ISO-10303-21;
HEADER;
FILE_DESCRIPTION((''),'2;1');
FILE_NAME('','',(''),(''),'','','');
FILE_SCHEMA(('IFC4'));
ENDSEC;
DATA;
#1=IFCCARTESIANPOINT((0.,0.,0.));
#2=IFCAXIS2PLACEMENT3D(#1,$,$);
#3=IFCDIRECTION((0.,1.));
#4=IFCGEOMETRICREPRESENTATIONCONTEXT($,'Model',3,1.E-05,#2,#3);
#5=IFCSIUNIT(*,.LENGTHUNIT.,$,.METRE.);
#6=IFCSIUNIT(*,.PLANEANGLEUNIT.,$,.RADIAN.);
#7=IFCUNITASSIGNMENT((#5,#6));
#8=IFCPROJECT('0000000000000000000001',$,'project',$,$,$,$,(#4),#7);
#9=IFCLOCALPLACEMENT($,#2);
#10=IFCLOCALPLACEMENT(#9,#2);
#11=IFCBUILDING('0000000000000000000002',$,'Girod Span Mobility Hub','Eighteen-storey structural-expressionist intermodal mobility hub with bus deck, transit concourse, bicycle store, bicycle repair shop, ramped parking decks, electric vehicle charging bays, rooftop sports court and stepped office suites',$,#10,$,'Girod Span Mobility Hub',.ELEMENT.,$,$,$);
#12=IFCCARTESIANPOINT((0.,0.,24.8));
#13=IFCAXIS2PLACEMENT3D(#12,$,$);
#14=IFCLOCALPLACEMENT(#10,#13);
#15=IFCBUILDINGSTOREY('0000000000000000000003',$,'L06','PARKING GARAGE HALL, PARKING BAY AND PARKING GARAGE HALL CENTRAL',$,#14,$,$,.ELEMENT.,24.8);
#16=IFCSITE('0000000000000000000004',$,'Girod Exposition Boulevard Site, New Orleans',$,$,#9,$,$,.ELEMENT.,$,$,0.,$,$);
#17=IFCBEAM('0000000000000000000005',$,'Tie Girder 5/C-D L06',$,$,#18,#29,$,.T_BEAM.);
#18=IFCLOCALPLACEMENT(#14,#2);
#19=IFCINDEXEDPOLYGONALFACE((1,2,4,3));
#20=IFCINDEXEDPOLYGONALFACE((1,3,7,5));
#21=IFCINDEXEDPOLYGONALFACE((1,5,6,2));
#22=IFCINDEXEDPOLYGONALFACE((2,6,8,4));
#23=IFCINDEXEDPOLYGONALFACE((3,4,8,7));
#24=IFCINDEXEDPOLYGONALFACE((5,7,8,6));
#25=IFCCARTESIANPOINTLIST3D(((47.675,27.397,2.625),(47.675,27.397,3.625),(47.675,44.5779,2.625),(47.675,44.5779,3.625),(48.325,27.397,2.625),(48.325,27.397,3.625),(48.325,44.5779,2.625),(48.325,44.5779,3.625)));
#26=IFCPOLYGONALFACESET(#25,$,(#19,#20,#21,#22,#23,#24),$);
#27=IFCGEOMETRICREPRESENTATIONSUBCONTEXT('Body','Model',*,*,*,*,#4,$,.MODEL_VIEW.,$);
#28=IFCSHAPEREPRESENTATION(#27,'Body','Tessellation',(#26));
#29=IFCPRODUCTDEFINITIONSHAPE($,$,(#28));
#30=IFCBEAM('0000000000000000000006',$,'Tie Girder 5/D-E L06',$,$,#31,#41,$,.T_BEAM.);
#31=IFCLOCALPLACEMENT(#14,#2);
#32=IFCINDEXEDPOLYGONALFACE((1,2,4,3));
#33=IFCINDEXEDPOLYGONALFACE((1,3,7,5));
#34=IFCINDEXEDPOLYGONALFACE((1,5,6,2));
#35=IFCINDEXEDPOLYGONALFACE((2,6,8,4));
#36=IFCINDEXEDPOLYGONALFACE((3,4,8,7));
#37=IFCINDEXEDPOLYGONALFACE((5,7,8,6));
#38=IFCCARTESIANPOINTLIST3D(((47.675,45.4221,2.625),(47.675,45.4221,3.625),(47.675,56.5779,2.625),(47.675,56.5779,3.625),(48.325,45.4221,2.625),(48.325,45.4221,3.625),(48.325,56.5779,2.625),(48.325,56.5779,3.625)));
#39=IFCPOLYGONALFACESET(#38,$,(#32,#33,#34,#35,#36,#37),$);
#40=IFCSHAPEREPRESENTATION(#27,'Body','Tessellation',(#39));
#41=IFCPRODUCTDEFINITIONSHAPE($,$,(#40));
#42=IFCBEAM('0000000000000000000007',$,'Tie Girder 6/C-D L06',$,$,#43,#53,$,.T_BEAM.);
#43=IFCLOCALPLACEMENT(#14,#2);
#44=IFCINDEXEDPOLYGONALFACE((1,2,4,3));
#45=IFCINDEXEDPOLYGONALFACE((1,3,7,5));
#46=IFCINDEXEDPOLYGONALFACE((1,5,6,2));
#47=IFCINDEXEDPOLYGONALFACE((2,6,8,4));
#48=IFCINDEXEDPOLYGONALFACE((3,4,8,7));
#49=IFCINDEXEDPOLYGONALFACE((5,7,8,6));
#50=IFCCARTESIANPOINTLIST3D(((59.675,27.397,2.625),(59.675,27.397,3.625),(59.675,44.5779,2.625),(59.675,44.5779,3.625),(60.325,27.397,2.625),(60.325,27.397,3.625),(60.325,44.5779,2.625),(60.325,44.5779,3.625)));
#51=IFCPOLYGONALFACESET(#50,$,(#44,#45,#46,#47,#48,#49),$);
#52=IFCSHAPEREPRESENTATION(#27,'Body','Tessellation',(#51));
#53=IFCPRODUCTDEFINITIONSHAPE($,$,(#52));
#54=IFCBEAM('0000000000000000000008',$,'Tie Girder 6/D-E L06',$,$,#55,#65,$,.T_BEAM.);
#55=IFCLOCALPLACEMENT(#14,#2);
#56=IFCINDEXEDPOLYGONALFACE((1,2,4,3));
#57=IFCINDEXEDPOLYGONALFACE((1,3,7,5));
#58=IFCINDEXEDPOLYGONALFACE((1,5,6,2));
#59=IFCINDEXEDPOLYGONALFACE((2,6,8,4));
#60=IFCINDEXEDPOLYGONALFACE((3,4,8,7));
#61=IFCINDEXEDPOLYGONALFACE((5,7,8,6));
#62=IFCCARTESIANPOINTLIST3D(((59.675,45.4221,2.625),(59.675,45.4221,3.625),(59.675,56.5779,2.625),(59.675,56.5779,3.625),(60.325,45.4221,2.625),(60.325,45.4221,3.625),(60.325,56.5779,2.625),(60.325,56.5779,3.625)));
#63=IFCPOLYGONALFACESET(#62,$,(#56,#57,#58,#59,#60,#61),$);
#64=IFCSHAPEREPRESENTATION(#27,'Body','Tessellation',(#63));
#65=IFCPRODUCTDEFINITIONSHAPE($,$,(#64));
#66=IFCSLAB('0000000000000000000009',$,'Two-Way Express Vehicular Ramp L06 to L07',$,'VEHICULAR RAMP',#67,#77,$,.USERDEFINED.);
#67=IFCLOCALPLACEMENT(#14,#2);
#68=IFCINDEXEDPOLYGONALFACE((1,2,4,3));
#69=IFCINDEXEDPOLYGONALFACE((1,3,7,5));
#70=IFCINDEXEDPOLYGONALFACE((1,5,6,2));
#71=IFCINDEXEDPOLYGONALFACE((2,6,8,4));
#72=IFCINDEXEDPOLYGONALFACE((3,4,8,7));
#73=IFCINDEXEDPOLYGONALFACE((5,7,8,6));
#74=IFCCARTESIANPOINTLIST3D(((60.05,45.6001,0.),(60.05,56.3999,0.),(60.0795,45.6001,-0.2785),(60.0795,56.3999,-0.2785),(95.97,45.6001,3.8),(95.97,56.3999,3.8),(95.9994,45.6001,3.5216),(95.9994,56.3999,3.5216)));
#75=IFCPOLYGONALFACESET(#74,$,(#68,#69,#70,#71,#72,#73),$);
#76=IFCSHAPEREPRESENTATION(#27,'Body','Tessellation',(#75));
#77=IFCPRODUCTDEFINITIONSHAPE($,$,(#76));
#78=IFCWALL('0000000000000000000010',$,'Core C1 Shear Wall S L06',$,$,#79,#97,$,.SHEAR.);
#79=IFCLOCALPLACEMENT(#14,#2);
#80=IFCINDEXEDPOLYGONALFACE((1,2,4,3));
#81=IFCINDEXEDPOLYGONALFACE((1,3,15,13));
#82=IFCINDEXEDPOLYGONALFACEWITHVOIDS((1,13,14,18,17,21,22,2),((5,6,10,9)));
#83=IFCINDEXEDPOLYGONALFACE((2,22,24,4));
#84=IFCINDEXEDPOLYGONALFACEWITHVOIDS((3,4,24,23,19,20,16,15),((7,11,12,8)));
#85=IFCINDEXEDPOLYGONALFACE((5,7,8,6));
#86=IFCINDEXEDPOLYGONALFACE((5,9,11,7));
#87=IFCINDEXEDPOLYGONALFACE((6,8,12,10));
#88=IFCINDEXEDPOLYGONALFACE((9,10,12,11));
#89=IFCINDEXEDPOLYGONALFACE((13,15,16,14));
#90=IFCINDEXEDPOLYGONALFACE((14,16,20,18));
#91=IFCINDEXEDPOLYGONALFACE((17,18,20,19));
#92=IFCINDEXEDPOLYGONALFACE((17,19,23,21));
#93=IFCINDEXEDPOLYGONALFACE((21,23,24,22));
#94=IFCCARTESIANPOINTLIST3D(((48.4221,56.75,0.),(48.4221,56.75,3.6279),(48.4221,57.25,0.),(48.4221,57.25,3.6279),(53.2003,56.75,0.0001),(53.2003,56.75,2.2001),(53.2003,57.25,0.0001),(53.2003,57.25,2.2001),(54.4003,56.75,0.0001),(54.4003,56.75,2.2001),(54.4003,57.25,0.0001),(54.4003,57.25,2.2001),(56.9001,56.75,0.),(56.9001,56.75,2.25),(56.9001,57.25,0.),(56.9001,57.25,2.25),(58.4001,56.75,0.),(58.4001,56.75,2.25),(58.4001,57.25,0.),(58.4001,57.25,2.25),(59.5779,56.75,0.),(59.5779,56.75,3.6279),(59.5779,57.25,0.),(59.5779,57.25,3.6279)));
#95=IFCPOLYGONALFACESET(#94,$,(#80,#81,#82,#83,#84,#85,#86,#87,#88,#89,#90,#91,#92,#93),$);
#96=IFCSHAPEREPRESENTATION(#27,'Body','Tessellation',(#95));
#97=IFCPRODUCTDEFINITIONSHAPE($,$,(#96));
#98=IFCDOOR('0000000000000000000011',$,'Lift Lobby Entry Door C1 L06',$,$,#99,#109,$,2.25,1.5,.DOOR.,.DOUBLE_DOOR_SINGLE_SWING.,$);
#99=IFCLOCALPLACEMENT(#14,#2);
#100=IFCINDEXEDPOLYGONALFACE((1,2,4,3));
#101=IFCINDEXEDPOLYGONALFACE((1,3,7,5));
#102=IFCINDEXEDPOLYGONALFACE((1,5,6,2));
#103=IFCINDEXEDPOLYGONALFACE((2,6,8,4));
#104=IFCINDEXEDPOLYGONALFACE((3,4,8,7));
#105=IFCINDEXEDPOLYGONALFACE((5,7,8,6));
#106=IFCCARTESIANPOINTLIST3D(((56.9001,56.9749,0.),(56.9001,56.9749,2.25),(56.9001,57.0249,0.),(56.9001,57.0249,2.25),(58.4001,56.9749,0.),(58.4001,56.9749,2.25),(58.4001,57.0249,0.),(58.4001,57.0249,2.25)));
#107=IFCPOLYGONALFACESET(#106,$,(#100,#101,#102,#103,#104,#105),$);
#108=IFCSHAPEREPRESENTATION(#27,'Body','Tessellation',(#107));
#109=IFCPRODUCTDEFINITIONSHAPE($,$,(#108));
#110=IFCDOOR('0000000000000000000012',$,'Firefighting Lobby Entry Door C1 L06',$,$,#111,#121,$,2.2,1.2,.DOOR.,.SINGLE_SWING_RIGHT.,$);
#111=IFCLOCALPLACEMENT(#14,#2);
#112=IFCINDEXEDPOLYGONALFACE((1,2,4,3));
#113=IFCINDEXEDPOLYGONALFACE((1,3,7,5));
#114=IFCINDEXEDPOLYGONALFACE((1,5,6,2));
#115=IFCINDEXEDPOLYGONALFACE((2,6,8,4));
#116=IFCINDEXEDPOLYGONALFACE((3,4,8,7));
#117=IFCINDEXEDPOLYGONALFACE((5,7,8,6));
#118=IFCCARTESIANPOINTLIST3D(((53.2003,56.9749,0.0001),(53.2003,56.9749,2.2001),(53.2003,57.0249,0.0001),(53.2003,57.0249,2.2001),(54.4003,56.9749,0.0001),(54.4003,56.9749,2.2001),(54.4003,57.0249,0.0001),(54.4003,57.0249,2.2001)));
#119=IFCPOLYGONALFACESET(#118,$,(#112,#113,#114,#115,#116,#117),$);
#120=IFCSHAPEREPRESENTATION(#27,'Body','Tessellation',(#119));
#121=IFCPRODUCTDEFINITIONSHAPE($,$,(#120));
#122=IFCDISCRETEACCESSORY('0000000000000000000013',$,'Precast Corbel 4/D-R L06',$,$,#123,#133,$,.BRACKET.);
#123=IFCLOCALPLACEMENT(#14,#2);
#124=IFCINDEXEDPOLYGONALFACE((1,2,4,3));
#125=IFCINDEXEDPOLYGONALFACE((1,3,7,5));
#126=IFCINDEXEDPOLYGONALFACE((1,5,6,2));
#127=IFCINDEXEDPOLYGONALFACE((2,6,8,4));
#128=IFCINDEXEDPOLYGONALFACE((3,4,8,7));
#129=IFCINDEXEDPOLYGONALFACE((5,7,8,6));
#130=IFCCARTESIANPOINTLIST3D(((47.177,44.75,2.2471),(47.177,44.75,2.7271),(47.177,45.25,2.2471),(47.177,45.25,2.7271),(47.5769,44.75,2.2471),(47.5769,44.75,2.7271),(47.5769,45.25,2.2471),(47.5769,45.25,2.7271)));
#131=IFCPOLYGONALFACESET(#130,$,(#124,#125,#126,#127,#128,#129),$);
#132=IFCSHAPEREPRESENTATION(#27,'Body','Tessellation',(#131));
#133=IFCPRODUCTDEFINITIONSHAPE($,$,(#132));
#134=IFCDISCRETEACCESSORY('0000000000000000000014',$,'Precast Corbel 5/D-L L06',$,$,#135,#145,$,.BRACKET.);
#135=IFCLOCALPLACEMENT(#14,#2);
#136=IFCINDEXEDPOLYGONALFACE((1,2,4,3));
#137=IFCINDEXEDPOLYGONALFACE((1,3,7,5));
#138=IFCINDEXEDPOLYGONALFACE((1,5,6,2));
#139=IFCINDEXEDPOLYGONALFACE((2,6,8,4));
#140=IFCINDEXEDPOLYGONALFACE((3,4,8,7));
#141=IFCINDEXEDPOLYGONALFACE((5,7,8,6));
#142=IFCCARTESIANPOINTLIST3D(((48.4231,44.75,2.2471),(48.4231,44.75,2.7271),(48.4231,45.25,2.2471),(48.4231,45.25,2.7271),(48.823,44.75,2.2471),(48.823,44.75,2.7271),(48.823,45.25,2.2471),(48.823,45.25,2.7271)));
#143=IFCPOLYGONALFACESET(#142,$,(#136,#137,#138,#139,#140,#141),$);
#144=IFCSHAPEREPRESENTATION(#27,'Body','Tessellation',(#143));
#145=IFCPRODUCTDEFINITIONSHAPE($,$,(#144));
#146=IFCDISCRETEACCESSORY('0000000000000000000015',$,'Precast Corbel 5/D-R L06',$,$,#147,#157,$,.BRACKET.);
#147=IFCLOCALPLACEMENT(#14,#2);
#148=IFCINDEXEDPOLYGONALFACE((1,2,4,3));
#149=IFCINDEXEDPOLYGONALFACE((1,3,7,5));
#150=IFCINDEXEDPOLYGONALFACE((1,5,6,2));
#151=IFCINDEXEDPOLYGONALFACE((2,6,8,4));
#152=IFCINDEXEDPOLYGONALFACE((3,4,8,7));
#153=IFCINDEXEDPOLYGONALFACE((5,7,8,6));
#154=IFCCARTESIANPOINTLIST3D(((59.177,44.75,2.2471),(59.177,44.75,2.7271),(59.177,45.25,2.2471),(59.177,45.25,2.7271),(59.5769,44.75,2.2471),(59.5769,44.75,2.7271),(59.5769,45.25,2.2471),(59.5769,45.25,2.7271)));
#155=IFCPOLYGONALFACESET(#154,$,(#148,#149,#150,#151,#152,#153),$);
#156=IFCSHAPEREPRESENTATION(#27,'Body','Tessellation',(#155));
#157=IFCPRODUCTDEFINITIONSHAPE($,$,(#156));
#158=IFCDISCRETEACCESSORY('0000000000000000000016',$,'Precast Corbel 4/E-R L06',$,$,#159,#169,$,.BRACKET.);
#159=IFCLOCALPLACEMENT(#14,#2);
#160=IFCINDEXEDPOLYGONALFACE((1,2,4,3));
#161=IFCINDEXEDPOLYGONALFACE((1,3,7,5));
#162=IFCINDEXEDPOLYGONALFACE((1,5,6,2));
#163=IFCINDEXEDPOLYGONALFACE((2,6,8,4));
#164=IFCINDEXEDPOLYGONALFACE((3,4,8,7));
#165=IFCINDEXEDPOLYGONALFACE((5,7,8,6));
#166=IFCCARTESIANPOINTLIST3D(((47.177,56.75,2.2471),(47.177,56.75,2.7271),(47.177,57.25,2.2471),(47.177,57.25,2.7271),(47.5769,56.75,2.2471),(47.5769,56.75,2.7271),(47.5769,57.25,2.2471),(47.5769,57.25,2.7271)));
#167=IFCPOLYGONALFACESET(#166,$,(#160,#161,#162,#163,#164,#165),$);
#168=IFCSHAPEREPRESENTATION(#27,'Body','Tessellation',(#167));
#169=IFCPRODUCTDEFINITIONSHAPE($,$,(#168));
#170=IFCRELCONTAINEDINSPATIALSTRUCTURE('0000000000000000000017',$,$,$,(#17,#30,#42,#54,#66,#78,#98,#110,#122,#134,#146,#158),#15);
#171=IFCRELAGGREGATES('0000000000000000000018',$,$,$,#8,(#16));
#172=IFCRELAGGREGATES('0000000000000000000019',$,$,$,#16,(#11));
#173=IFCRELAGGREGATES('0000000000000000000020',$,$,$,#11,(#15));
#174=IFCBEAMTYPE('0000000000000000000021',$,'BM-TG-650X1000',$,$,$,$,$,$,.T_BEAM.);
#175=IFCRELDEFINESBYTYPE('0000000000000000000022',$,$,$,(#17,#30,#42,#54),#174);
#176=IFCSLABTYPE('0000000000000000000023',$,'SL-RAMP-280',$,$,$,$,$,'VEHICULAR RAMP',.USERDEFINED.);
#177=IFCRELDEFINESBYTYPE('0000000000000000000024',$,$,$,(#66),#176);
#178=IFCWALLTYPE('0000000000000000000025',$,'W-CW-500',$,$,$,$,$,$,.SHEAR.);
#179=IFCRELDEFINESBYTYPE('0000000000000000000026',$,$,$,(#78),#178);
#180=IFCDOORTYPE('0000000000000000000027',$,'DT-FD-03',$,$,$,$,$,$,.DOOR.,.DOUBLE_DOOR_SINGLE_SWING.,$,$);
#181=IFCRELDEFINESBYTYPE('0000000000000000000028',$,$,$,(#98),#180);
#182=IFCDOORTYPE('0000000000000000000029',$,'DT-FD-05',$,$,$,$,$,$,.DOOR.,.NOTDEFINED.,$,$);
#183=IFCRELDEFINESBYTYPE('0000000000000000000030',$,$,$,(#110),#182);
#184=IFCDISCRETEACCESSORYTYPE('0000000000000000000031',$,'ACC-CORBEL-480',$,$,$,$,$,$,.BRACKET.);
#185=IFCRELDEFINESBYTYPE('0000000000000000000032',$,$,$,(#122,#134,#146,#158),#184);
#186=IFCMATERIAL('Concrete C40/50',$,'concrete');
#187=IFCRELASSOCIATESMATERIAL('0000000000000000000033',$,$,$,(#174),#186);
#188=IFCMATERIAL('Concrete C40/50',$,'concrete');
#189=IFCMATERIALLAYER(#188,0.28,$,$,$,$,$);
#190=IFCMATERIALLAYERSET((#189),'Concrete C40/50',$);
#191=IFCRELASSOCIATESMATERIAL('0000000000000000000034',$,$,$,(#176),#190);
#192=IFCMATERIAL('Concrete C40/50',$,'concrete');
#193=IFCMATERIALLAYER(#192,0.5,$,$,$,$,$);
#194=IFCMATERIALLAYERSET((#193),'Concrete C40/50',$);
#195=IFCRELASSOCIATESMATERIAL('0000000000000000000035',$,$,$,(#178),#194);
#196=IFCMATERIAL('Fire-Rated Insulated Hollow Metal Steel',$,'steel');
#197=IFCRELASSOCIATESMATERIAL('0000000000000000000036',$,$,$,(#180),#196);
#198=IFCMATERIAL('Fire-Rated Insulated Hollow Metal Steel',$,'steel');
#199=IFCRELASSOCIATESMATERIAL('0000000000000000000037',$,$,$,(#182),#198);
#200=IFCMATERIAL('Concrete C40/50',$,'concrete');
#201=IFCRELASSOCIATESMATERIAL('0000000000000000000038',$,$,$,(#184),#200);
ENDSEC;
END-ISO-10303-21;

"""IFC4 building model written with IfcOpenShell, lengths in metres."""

from ifc_helpers import new_model, si_unit, direction, frame, frame_2d, origin, origin_2d, place, context, subcontext, project, spatial, polyline, rectangle, outline, extrude, material, layer, layer_set, material_profile, profile_set, type_object, element, fill, save


model = new_model("IFC4")

# Units and contexts
model_context = context("Model", 3, precision=1e-05, world=origin(), true_north=direction((0.0, 1.0)))
body_context = subcontext(model_context, "Body", "Model", "MODEL_VIEW")
ifc_project = project(units=[si_unit("LENGTHUNIT", "METRE"), si_unit("PLANEANGLEUNIT", "RADIAN")], contexts=[model_context])

# Site, building, storey
site_placement = place(None, origin())
site = spatial("IfcSite", under=ifc_project, at=site_placement, Name="Girod Exposition Boulevard Site, New Orleans", CompositionType="ELEMENT", RefElevation=0.0)
building_placement = place(site_placement, origin())
building = spatial("IfcBuilding", under=site, at=building_placement, Name="Girod Span Mobility Hub", Description="Eighteen-storey structural-expressionist intermodal mobility hub with bus deck, transit concourse, bicycle store, bicycle repair shop, ramped parking decks, electric vehicle charging bays, rooftop sports court and stepped office suites", LongName="Girod Span Mobility Hub", CompositionType="ELEMENT")
storey_placement = place(building_placement, frame((0.0, 0.0, 24.8)))
storey = spatial("IfcBuildingStorey", under=building, at=storey_placement, Name="L06", Description="PARKING GARAGE HALL, PARKING BAY AND PARKING GARAGE HALL CENTRAL", CompositionType="ELEMENT", Elevation=24.8)

# Beams
ifc_material_1 = material(Name="Concrete C40/50", Category="concrete")
ifc_material_profile_1 = material_profile(ifc_material_1, rectangle(XDim=0.6499, YDim=1.0, at=origin_2d()), Name="TG-650X1000")
ifc_profile_set_1 = profile_set([ifc_material_profile_1], Name="Concrete C40/50")
beam_type_1 = type_object("IfcBeamType", Name="BM-TG-650X1000", PredefinedType="T_BEAM", material=ifc_profile_set_1)
beam_1_placement = place(storey_placement, frame((48.0, 27.397, 3.125), z_axis=(0.0, 1.0, 0.0), x_axis=(-1.0, 0.0, 0.0)))
element("IfcBeam", 1, at=beam_1_placement, inside=storey, type_object=beam_type_1, Name="Tie Girder 5/C-D L06", PredefinedType="T_BEAM", context=body_context, shape_type="SweptSolid", body=[
    extrude(rectangle(XDim=0.6499, YDim=1.0, at=origin_2d()), origin(), (0.0, 0.0, 1.0), 17.1809),
])
beam_2_placement = place(storey_placement, frame((48.0, 45.4221, 3.125), z_axis=(0.0, 1.0, 0.0), x_axis=(-1.0, 0.0, 0.0)))
element("IfcBeam", 2, at=beam_2_placement, inside=storey, type_object=beam_type_1, Name="Tie Girder 5/D-E L06", PredefinedType="T_BEAM", context=body_context, shape_type="SweptSolid", body=[
    extrude(rectangle(XDim=0.6499, YDim=1.0, at=origin_2d()), origin(), (0.0, 0.0, 1.0), 11.1558),
])
beam_3_placement = place(storey_placement, frame((60.0, 27.397, 3.125), z_axis=(0.0, 1.0, 0.0), x_axis=(-1.0, 0.0, 0.0)))
element("IfcBeam", 3, at=beam_3_placement, inside=storey, type_object=beam_type_1, Name="Tie Girder 6/C-D L06", PredefinedType="T_BEAM", context=body_context, shape_type="SweptSolid", body=[
    extrude(rectangle(XDim=0.6499, YDim=1.0, at=origin_2d()), origin(), (0.0, 0.0, 1.0), 17.1809),
])
beam_4_placement = place(storey_placement, frame((60.0, 45.4221, 3.125), z_axis=(0.0, 1.0, 0.0), x_axis=(-1.0, 0.0, 0.0)))
element("IfcBeam", 4, at=beam_4_placement, inside=storey, type_object=beam_type_1, Name="Tie Girder 6/D-E L06", PredefinedType="T_BEAM", context=body_context, shape_type="SweptSolid", body=[
    extrude(rectangle(XDim=0.6499, YDim=1.0, at=origin_2d()), origin(), (0.0, 0.0, 1.0), 11.1558),
])

# Slab
ifc_material_2 = material(Name="Concrete C40/50", Category="concrete")
ifc_layer_1 = layer(ifc_material_2, 0.28)
ifc_layer_set_1 = layer_set([ifc_layer_1], Name="Concrete C40/50")
slab_type = type_object("IfcSlabType", Name="SL-RAMP-280", ElementType="VEHICULAR RAMP", PredefinedType="USERDEFINED", material=ifc_layer_set_1)
slab_placement = place(storey_placement, frame((60.05, 45.6001, 0.0), z_axis=(-0.105205, 0.0, 0.994451), x_axis=(0.994451, 0.0, 0.105205)))
element("IfcSlab", 5, at=slab_placement, inside=storey, type_object=slab_type, Name="Two-Way Express Vehicular Ramp L06 to L07", ObjectType="VEHICULAR RAMP", PredefinedType="USERDEFINED", context=body_context, shape_type="SweptSolid", body=[
    extrude(outline(polyline([(0.0, 0.0), (36.1204, 0.0), (36.1204, 10.7998), (0.0, 10.7998), (0.0, 0.0)])), origin(), (0.0, 0.0, -1.0), 0.28),
])

# Wall, openings, doors
ifc_material_3 = material(Name="Concrete C40/50", Category="concrete")
ifc_layer_2 = layer(ifc_material_3, 0.5)
ifc_layer_set_2 = layer_set([ifc_layer_2], Name="Concrete C40/50")
wall_type = type_object("IfcWallType", Name="W-CW-500", PredefinedType="SHEAR", material=ifc_layer_set_2)
wall_placement = place(storey_placement, frame((48.4221, 57.0, 0.0), z_axis=(0.0, 0.0, 1.0), x_axis=(1.0, 0.0, 0.0)))
wall = element("IfcWall", 6, at=wall_placement, inside=storey, type_object=wall_type, Name="Core C1 Shear Wall S L06", PredefinedType="SHEAR", context=body_context, shape_type="SweptSolid", body=[
    extrude(rectangle(XDim=11.1558, YDim=0.5, at=frame_2d((5.5779, 0.0))), origin(), (0.0, 0.0, 1.0), 3.6279),
])
opening_1_placement = place(wall_placement, frame((4.7781, 0.0, 0.0)))
opening_1 = element("IfcOpeningElement", 7, at=opening_1_placement, cuts=wall, PredefinedType="OPENING", context=body_context, shape_type="SweptSolid", body=[
    extrude(rectangle(XDim=1.2, YDim=2.2, at=frame_2d((0.6001, 1.1001))), frame((0.0, 0.2649, 0.0), z_axis=(0.0, -1.0, 0.0), x_axis=(1.0, 0.0, 0.0)), (0.0, 0.0, 1.0), 0.53),
])
opening_2_placement = place(wall_placement, frame((8.478, 0.0, 0.0)))
opening_2 = element("IfcOpeningElement", 8, at=opening_2_placement, cuts=wall, PredefinedType="OPENING", context=body_context, shape_type="SweptSolid", body=[
    extrude(rectangle(XDim=1.5, YDim=2.25, at=frame_2d((0.75, 1.125))), frame((0.0, 0.2649, 0.0), z_axis=(0.0, -1.0, 0.0), x_axis=(1.0, 0.0, 0.0)), (0.0, 0.0, 1.0), 0.53),
])
ifc_material_4 = material(Name="Fire-Rated Insulated Hollow Metal Steel", Category="steel")
door_type_1 = type_object("IfcDoorType", Name="DT-FD-03", OperationType="DOUBLE_DOOR_SINGLE_SWING", PredefinedType="DOOR", material=ifc_material_4)
door_1_placement = place(opening_2_placement, origin())
door_1 = element("IfcDoor", 9, at=door_1_placement, inside=storey, type_object=door_type_1, Name="Lift Lobby Entry Door C1 L06", OperationType="DOUBLE_DOOR_SINGLE_SWING", OverallHeight=2.25, OverallWidth=1.5, PredefinedType="DOOR", context=body_context, shape_type="SweptSolid", body=[
    extrude(rectangle(XDim=1.5, YDim=2.25, at=frame_2d((0.75, 1.125))), frame((0.0, 0.0249, 0.0), z_axis=(0.0, -1.0, 0.0), x_axis=(1.0, 0.0, 0.0)), (0.0, 0.0, 1.0), 0.05),
])
fill(opening_2, door_1)
ifc_material_5 = material(Name="Fire-Rated Insulated Hollow Metal Steel", Category="steel")
door_type_2 = type_object("IfcDoorType", Name="DT-FD-05", OperationType="NOTDEFINED", PredefinedType="DOOR", material=ifc_material_5)
door_2_placement = place(opening_1_placement, origin())
door_2 = element("IfcDoor", 10, at=door_2_placement, inside=storey, type_object=door_type_2, Name="Firefighting Lobby Entry Door C1 L06", OperationType="SINGLE_SWING_RIGHT", OverallHeight=2.2, OverallWidth=1.2, PredefinedType="DOOR", context=body_context, shape_type="SweptSolid", body=[
    extrude(rectangle(XDim=1.2, YDim=2.2, at=frame_2d((0.6001, 1.1001))), frame((0.0, 0.0249, 0.0), z_axis=(0.0, -1.0, 0.0), x_axis=(1.0, 0.0, 0.0)), (0.0, 0.0, 1.0), 0.05),
])
fill(opening_1, door_2)

# Discrete accessories
ifc_material_6 = material(Name="Concrete C40/50", Category="concrete")
discrete_accessory_type = type_object("IfcDiscreteAccessoryType", Name="ACC-CORBEL-480", PredefinedType="BRACKET", material=ifc_material_6)
for number, where, z_axis, x_axis, name in (
    (11, (47.377, 45.0, 2.2471), (0.0, 0.0, 1.0), (1.0, 0.0, 0.0), "Precast Corbel 4/D-R L06"),
    (12, (48.623, 45.0, 2.2471), (0.0, 0.0, 1.0), (1.0, 0.0, 0.0), "Precast Corbel 5/D-L L06"),
    (13, (59.377, 45.0, 2.2471), (0.0, 0.0, 1.0), (1.0, 0.0, 0.0), "Precast Corbel 5/D-R L06"),
    (14, (47.377, 57.0, 2.2471), (0.0, 0.0, 1.0), (1.0, 0.0, 0.0), "Precast Corbel 4/E-R L06"),
):
    element("IfcDiscreteAccessory", number, at=place(storey_placement, frame(where, z_axis=z_axis, x_axis=x_axis)), inside=storey, type_object=discrete_accessory_type, Name=name, PredefinedType="BRACKET", context=body_context, shape_type="SweptSolid", body=[
        extrude(rectangle(XDim=0.3999, YDim=0.5, at=origin_2d()), origin(), (0.0, 0.0, 1.0), 0.48),
    ])

save(model, "model.ifc")
